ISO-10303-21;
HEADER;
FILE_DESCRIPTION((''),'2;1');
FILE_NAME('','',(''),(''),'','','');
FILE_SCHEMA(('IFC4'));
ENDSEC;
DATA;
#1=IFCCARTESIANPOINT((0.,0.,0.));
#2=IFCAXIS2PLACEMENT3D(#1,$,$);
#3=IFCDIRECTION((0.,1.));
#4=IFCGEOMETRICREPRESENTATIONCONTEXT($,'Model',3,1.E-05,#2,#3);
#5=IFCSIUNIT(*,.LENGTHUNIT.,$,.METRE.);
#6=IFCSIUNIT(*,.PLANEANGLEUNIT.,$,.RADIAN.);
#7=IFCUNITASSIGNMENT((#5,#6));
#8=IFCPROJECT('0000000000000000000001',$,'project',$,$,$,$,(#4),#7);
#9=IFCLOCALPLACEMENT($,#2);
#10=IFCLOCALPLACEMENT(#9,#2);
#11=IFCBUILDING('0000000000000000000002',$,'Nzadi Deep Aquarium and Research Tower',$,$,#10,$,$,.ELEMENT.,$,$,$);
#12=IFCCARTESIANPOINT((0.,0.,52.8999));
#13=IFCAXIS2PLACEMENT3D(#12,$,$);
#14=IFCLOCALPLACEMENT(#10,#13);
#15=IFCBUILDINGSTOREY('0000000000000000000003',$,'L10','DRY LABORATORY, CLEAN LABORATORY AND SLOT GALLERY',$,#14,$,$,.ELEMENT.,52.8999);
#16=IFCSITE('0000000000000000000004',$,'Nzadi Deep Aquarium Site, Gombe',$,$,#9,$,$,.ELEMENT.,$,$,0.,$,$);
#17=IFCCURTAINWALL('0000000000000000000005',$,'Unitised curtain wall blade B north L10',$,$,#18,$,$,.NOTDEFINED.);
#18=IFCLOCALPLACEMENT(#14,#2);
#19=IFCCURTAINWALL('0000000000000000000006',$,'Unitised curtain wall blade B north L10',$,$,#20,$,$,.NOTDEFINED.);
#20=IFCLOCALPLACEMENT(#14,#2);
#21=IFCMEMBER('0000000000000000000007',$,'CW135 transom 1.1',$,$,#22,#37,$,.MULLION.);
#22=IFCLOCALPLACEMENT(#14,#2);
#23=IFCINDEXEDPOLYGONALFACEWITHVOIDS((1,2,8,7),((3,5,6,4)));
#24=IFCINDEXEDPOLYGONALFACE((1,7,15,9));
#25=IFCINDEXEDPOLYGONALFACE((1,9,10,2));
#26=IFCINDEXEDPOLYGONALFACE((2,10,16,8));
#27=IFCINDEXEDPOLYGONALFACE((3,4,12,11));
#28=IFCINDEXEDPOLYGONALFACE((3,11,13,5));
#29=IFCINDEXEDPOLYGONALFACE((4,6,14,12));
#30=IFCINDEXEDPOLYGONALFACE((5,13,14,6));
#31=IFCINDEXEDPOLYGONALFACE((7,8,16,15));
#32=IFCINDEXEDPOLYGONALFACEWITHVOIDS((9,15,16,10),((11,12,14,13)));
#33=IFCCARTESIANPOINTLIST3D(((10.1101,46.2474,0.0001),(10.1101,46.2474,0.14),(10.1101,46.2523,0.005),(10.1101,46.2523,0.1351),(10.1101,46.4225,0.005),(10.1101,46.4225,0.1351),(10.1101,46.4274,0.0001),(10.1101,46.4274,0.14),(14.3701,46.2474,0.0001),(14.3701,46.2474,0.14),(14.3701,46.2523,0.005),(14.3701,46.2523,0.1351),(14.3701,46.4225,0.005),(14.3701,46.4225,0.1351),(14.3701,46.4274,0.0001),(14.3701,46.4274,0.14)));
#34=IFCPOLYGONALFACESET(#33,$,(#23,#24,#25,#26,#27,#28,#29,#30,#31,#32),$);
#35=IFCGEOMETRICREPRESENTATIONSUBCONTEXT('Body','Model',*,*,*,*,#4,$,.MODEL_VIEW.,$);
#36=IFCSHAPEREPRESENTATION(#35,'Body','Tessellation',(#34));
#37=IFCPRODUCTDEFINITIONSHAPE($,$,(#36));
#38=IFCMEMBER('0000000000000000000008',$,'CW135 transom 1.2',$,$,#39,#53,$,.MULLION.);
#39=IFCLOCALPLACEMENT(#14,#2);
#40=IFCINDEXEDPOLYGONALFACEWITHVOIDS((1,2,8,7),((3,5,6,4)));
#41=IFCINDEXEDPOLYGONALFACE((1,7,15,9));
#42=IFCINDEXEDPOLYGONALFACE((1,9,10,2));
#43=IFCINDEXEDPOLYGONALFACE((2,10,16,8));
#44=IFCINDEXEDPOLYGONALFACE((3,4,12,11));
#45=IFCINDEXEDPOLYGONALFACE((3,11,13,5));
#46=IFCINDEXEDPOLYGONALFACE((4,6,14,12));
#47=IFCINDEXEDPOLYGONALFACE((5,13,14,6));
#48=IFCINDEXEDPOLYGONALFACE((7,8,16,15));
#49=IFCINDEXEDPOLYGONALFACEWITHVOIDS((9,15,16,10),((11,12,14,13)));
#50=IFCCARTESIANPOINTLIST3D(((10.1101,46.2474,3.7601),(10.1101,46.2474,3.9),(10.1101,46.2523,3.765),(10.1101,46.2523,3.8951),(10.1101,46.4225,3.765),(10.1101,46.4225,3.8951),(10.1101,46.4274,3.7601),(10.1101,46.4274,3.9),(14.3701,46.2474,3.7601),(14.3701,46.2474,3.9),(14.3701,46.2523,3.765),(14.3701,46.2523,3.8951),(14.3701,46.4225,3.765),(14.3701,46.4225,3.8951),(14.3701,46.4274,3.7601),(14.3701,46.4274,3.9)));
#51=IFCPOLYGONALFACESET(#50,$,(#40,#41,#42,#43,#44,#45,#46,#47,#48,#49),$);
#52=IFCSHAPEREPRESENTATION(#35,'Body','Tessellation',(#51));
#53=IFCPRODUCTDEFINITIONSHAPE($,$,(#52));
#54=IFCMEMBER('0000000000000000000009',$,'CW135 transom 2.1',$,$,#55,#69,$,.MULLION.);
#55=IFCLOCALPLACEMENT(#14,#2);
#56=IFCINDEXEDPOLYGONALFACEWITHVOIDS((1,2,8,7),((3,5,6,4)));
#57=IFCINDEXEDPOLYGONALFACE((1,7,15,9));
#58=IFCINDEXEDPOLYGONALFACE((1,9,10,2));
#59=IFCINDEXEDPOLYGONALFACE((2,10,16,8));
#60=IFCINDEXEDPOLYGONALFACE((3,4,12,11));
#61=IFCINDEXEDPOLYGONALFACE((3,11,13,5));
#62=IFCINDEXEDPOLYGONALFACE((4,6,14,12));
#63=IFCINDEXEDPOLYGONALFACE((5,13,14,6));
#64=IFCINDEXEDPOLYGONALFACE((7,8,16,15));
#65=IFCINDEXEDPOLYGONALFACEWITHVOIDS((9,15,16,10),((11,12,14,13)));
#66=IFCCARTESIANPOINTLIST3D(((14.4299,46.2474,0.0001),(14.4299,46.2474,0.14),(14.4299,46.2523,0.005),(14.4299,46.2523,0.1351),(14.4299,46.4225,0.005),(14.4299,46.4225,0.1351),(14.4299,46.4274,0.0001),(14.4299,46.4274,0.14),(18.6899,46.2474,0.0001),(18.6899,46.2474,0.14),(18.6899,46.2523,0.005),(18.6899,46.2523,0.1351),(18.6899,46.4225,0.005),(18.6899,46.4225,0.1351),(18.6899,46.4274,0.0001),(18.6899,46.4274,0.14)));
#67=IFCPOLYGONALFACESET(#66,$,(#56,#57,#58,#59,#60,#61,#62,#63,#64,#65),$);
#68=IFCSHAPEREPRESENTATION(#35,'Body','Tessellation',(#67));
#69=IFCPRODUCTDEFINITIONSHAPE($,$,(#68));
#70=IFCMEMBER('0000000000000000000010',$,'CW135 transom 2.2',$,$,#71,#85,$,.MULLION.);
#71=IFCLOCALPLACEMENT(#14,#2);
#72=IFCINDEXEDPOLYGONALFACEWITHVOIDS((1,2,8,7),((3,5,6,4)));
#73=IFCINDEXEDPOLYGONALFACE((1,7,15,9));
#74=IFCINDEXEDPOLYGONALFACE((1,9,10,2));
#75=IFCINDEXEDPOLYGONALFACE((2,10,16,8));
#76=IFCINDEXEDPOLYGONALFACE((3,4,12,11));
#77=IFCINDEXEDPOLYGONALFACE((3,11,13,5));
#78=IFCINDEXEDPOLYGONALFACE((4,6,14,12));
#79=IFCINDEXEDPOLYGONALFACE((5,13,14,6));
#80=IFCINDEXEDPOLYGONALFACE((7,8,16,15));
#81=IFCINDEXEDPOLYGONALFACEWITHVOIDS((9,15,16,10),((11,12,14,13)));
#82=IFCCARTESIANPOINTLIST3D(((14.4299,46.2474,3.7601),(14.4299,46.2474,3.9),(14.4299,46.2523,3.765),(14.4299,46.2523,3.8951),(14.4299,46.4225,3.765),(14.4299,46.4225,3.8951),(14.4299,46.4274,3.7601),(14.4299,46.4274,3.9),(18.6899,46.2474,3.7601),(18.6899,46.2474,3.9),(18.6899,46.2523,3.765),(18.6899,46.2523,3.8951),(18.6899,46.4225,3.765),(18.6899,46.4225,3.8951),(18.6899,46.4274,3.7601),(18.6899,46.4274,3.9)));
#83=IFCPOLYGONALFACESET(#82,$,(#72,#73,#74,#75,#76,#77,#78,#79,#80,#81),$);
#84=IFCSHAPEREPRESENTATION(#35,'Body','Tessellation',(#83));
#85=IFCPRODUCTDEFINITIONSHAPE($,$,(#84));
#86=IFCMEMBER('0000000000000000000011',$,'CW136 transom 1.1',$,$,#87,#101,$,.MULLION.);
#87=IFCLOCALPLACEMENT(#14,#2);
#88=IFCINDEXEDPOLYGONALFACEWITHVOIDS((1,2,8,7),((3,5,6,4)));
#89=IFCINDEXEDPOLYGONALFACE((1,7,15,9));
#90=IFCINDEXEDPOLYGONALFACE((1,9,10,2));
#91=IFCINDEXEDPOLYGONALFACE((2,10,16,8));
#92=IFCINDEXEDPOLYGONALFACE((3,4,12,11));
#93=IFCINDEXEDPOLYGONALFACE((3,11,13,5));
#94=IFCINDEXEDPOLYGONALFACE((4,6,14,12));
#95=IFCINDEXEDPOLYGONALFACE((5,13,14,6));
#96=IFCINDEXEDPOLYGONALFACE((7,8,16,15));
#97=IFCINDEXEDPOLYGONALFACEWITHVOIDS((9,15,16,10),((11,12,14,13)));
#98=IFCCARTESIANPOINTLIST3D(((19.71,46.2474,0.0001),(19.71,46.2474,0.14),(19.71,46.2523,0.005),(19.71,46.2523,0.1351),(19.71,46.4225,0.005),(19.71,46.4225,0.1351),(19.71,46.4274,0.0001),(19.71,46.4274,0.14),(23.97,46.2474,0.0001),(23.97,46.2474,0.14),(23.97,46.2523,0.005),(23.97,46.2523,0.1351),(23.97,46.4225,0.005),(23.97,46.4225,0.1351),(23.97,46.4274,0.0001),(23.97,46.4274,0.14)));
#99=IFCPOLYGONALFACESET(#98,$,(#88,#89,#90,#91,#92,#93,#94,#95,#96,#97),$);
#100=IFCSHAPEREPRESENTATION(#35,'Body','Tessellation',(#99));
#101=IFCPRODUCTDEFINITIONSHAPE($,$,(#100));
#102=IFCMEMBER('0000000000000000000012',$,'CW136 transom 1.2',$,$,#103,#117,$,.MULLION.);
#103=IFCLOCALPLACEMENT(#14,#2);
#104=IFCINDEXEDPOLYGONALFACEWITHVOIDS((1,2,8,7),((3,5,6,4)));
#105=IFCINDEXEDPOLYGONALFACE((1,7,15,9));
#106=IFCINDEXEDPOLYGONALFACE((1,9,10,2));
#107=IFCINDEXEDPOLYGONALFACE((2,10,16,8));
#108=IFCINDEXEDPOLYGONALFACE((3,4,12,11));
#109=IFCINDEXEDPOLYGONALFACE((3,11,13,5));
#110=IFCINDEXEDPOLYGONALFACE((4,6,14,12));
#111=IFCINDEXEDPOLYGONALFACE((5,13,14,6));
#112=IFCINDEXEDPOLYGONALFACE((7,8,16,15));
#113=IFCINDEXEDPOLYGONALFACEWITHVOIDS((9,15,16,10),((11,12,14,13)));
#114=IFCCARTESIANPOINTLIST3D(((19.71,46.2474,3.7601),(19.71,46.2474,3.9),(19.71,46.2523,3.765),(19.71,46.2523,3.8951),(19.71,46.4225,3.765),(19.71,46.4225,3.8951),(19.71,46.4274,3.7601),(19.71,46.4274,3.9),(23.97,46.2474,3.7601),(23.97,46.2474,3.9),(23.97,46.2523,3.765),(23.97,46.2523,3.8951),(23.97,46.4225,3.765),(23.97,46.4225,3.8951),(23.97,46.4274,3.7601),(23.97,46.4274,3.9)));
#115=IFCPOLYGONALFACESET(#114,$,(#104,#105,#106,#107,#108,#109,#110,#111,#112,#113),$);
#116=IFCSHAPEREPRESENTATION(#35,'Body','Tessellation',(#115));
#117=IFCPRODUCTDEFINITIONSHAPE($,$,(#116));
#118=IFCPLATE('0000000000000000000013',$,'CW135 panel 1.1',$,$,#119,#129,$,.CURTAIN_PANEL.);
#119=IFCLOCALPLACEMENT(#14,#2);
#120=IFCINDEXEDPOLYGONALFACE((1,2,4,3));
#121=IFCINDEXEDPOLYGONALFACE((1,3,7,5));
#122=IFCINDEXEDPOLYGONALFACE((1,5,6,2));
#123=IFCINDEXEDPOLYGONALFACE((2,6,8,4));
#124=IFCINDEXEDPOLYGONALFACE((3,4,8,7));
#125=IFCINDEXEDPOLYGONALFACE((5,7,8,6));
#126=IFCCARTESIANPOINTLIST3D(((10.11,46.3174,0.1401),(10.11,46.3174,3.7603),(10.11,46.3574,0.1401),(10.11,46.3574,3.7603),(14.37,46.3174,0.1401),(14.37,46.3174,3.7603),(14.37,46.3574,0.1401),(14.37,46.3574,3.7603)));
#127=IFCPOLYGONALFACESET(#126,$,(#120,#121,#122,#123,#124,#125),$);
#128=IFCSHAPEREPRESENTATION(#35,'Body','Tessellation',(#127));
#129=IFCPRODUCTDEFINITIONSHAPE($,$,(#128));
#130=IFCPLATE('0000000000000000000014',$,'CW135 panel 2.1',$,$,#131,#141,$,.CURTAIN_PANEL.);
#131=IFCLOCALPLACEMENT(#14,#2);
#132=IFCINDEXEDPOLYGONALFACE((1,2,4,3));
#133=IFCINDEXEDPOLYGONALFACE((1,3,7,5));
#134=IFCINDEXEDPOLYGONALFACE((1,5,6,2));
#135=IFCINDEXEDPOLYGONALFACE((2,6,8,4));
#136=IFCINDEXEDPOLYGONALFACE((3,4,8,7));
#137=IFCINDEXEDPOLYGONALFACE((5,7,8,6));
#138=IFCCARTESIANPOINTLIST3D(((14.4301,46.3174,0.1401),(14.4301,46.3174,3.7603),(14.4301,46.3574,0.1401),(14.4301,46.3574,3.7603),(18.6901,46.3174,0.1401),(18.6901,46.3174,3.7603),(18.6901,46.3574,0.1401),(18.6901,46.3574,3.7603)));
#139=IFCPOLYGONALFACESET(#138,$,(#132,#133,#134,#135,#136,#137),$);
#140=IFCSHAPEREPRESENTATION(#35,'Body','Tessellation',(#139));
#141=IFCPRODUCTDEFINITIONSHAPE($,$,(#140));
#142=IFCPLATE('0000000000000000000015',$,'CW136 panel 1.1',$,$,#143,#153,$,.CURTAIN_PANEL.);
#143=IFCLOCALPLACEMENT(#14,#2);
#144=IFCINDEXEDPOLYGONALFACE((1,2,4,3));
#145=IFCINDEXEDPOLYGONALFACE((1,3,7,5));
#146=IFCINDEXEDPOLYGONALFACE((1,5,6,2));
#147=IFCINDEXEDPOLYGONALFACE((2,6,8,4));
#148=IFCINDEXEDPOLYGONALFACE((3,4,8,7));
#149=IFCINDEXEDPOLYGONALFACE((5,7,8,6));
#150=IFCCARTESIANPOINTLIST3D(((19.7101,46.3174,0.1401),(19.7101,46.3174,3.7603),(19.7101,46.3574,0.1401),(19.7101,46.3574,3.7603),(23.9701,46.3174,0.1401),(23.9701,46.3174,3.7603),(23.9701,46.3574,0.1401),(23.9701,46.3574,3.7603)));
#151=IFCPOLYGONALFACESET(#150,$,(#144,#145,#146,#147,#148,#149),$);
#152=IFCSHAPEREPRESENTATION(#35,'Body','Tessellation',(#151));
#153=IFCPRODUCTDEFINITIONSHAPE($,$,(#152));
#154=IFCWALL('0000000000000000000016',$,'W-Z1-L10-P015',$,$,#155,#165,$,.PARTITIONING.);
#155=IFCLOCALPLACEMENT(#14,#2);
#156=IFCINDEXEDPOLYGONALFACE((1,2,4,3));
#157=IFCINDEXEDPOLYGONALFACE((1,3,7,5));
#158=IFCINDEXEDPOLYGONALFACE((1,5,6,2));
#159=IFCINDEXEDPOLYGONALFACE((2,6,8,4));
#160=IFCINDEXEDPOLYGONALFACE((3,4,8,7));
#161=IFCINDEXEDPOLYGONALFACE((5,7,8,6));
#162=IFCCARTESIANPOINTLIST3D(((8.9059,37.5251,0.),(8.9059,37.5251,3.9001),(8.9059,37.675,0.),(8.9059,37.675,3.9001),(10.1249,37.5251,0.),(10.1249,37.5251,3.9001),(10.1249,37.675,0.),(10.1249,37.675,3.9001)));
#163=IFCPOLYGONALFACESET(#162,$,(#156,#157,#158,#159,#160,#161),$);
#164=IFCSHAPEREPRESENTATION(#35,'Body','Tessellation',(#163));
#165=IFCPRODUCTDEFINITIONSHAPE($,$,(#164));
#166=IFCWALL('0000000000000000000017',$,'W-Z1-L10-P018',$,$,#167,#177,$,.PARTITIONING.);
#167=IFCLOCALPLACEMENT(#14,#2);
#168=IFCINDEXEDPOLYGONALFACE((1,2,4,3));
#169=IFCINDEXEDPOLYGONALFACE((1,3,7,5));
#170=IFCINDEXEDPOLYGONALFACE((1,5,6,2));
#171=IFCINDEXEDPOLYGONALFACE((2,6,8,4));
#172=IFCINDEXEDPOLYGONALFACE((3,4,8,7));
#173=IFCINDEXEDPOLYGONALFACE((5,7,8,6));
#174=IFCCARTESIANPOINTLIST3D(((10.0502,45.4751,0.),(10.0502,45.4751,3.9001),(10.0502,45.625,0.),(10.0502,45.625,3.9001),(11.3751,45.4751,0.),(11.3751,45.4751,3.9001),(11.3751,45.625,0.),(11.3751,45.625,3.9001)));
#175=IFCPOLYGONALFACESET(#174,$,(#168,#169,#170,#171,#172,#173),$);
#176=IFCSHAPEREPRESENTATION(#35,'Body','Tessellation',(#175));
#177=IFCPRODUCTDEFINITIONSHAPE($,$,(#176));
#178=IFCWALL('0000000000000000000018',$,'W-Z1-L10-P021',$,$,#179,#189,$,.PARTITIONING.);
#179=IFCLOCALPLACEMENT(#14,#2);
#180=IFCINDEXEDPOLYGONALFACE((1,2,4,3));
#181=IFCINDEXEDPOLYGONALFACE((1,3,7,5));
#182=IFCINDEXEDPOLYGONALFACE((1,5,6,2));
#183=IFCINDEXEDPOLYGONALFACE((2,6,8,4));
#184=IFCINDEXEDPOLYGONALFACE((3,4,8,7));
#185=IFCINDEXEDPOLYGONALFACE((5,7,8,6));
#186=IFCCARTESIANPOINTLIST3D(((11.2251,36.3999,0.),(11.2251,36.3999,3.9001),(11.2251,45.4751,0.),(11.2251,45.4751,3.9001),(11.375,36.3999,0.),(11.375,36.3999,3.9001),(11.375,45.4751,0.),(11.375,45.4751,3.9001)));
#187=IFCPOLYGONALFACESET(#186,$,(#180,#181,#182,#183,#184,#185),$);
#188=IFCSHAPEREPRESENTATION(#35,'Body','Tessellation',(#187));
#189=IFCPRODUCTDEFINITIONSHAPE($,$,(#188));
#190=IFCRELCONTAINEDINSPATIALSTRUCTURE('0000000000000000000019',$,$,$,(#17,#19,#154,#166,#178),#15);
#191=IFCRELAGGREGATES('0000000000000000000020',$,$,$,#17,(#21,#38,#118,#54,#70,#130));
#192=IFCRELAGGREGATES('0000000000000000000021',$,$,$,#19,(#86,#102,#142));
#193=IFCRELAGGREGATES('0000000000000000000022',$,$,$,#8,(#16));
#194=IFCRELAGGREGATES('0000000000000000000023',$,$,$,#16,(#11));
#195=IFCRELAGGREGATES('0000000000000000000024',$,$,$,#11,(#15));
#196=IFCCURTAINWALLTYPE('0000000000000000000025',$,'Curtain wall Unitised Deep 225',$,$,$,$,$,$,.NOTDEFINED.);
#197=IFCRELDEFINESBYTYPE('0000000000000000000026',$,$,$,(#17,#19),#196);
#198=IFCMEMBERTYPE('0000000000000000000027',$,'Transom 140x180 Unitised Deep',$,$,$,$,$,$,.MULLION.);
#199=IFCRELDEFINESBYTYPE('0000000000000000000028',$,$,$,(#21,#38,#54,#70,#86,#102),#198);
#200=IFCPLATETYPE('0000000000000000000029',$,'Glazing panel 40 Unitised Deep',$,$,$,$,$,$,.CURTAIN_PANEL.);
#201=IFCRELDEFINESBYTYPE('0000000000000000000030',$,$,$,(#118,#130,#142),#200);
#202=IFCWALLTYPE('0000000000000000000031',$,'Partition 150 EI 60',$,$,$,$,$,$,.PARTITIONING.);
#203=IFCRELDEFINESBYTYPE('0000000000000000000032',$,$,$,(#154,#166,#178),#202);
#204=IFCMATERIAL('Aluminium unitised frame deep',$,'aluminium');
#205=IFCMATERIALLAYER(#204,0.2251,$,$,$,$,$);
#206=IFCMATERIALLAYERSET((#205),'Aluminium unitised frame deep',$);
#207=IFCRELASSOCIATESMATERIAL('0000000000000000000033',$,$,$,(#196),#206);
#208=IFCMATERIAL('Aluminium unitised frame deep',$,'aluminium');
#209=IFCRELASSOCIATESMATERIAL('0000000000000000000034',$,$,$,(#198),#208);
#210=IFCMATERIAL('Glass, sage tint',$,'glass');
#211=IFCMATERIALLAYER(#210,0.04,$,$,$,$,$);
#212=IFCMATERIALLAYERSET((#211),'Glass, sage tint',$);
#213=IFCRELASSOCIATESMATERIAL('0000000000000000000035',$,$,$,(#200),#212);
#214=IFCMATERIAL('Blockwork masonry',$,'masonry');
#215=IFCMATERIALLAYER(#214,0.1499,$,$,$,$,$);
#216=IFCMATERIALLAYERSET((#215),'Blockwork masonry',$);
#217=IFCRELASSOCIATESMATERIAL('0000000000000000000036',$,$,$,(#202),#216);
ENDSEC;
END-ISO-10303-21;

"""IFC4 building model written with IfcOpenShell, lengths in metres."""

from ifc_helpers import new_model, si_unit, direction, frame, frame_2d, origin, origin_2d, place, context, subcontext, project, spatial, rectangle, hollow_rectangle, extrude, material, layer, layer_set, material_profile, profile_set, type_object, element, aggregate, save


model = new_model("IFC4")

# Units and contexts
model_context = context("Model", 3, precision=1e-05, world=origin(), true_north=direction((0.0, 1.0)))
body_context = subcontext(model_context, "Body", "Model", "MODEL_VIEW")
ifc_project = project(units=[si_unit("LENGTHUNIT", "METRE"), si_unit("PLANEANGLEUNIT", "RADIAN")], contexts=[model_context])

# Site, building, storey
site_placement = place(None, origin())
site = spatial("IfcSite", under=ifc_project, at=site_placement, Name="Nzadi Deep Aquarium Site, Gombe", CompositionType="ELEMENT", RefElevation=0.0)
building_placement = place(site_placement, origin())
building = spatial("IfcBuilding", under=site, at=building_placement, Name="Nzadi Deep Aquarium and Research Tower", CompositionType="ELEMENT")
storey_placement = place(building_placement, frame((0.0, 0.0, 52.8999)))
storey = spatial("IfcBuildingStorey", under=building, at=storey_placement, Name="L10", Description="DRY LABORATORY, CLEAN LABORATORY AND SLOT GALLERY", CompositionType="ELEMENT", Elevation=52.8999)

# Shared definitions
ifc_material_1 = material(Name="Aluminium unitised frame deep", Category="aluminium")
ifc_layer_1 = layer(ifc_material_1, 0.2251)
ifc_layer_set_1 = layer_set([ifc_layer_1], Name="Aluminium unitised frame deep")
curtain_wall_type = type_object("IfcCurtainWallType", Name="Curtain wall Unitised Deep 225", PredefinedType="NOTDEFINED", material=ifc_layer_set_1)

# Curtain wall
curtain_wall_1_placement = place(storey_placement, origin())
curtain_wall_1 = element("IfcCurtainWall", 1, at=curtain_wall_1_placement, inside=storey, type_object=curtain_wall_type, Name="Unitised curtain wall blade B north L10", PredefinedType="NOTDEFINED")

# Curtain wall
curtain_wall_2_placement = place(storey_placement, origin())
curtain_wall_2 = element("IfcCurtainWall", 2, at=curtain_wall_2_placement, inside=storey, type_object=curtain_wall_type, Name="Unitised curtain wall blade B north L10", PredefinedType="NOTDEFINED")

# Members
ifc_material_2 = material(Name="Aluminium unitised frame deep", Category="aluminium")
ifc_material_profile_1 = material_profile(ifc_material_2, hollow_rectangle(XDim=0.1799, YDim=0.1399, WallThickness=0.0049, at=origin_2d()))
ifc_profile_set_1 = profile_set([ifc_material_profile_1], Name="Aluminium unitised frame deep")
member_type_1 = type_object("IfcMemberType", Name="Transom 140x180 Unitised Deep", PredefinedType="MULLION", material=ifc_profile_set_1)
member_1_placement = place(storey_placement, frame((10.1101, 46.3374, 0.0701), z_axis=(1.0, 0.0, 0.0), x_axis=(0.0, 1.0, 0.0)))
member_1 = element("IfcMember", 3, at=member_1_placement, type_object=member_type_1, Name="CW135 transom 1.1", PredefinedType="MULLION", context=body_context, shape_type="SweptSolid", body=[
    extrude(hollow_rectangle(XDim=0.1799, YDim=0.1399, WallThickness=0.0049, at=origin_2d()), origin(), (0.0, 0.0, 1.0), 4.26),
])
member_2_placement = place(storey_placement, frame((10.1101, 46.3374, 3.8301), z_axis=(1.0, 0.0, 0.0), x_axis=(0.0, 1.0, 0.0)))
member_2 = element("IfcMember", 4, at=member_2_placement, type_object=member_type_1, Name="CW135 transom 1.2", PredefinedType="MULLION", context=body_context, shape_type="SweptSolid", body=[
    extrude(hollow_rectangle(XDim=0.1799, YDim=0.1399, WallThickness=0.0049, at=origin_2d()), origin(), (0.0, 0.0, 1.0), 4.26),
])
member_3_placement = place(storey_placement, frame((14.4299, 46.3374, 0.0701), z_axis=(1.0, 0.0, 0.0), x_axis=(0.0, 1.0, 0.0)))
member_3 = element("IfcMember", 5, at=member_3_placement, type_object=member_type_1, Name="CW135 transom 2.1", PredefinedType="MULLION", context=body_context, shape_type="SweptSolid", body=[
    extrude(hollow_rectangle(XDim=0.1799, YDim=0.1399, WallThickness=0.0049, at=origin_2d()), origin(), (0.0, 0.0, 1.0), 4.26),
])
member_4_placement = place(storey_placement, frame((14.4299, 46.3374, 3.8301), z_axis=(1.0, 0.0, 0.0), x_axis=(0.0, 1.0, 0.0)))
member_4 = element("IfcMember", 6, at=member_4_placement, type_object=member_type_1, Name="CW135 transom 2.2", PredefinedType="MULLION", context=body_context, shape_type="SweptSolid", body=[
    extrude(hollow_rectangle(XDim=0.1799, YDim=0.1399, WallThickness=0.0049, at=origin_2d()), origin(), (0.0, 0.0, 1.0), 4.26),
])
member_5_placement = place(storey_placement, frame((19.71, 46.3374, 0.0701), z_axis=(1.0, 0.0, 0.0), x_axis=(0.0, 1.0, 0.0)))
member_5 = element("IfcMember", 7, at=member_5_placement, type_object=member_type_1, Name="CW136 transom 1.1", PredefinedType="MULLION", context=body_context, shape_type="SweptSolid", body=[
    extrude(hollow_rectangle(XDim=0.1799, YDim=0.1399, WallThickness=0.0049, at=origin_2d()), origin(), (0.0, 0.0, 1.0), 4.26),
])
member_6_placement = place(storey_placement, frame((19.71, 46.3374, 3.8301), z_axis=(1.0, 0.0, 0.0), x_axis=(0.0, 1.0, 0.0)))
member_6 = element("IfcMember", 8, at=member_6_placement, type_object=member_type_1, Name="CW136 transom 1.2", PredefinedType="MULLION", context=body_context, shape_type="SweptSolid", body=[
    extrude(hollow_rectangle(XDim=0.1799, YDim=0.1399, WallThickness=0.0049, at=origin_2d()), origin(), (0.0, 0.0, 1.0), 4.26),
])

# Plates
ifc_material_3 = material(Name="Glass, sage tint", Category="glass")
ifc_layer_2 = layer(ifc_material_3, 0.04)
ifc_layer_set_2 = layer_set([ifc_layer_2], Name="Glass, sage tint")
plate_type = type_object("IfcPlateType", Name="Glazing panel 40 Unitised Deep", PredefinedType="CURTAIN_PANEL", material=ifc_layer_set_2)
plate_1_placement = place(storey_placement, frame((12.24, 46.3374, 0.1401), z_axis=(0.0, 0.0, 1.0), x_axis=(1.0, 0.0, 0.0)))
plate_1 = element("IfcPlate", 9, at=plate_1_placement, type_object=plate_type, Name="CW135 panel 1.1", PredefinedType="CURTAIN_PANEL", context=body_context, shape_type="SweptSolid", body=[
    extrude(rectangle(XDim=4.26, YDim=0.04, at=origin_2d()), origin(), (0.0, 0.0, 1.0), 3.6201),
])
plate_2_placement = place(storey_placement, frame((16.5601, 46.3374, 0.1401), z_axis=(0.0, 0.0, 1.0), x_axis=(1.0, 0.0, 0.0)))
plate_2 = element("IfcPlate", 10, at=plate_2_placement, type_object=plate_type, Name="CW135 panel 2.1", PredefinedType="CURTAIN_PANEL", context=body_context, shape_type="SweptSolid", body=[
    extrude(rectangle(XDim=4.26, YDim=0.04, at=origin_2d()), origin(), (0.0, 0.0, 1.0), 3.6201),
])
aggregate(curtain_wall_1, [member_1, member_2, plate_1, member_3, member_4, plate_2])
plate_3_placement = place(storey_placement, frame((21.8401, 46.3374, 0.1401), z_axis=(0.0, 0.0, 1.0), x_axis=(1.0, 0.0, 0.0)))
plate_3 = element("IfcPlate", 11, at=plate_3_placement, type_object=plate_type, Name="CW136 panel 1.1", PredefinedType="CURTAIN_PANEL", context=body_context, shape_type="SweptSolid", body=[
    extrude(rectangle(XDim=4.26, YDim=0.04, at=origin_2d()), origin(), (0.0, 0.0, 1.0), 3.6201),
])
aggregate(curtain_wall_2, [member_5, member_6, plate_3])

# Walls
ifc_material_4 = material(Name="Blockwork masonry", Category="masonry")
ifc_layer_3 = layer(ifc_material_4, 0.1499)
ifc_layer_set_3 = layer_set([ifc_layer_3], Name="Blockwork masonry")
wall_type_1 = type_object("IfcWallType", Name="Partition 150 EI 60", PredefinedType="PARTITIONING", material=ifc_layer_set_3)
wall_1_placement = place(storey_placement, frame((8.906, 37.6001, 0.0), z_axis=(0.0, 0.0, 1.0), x_axis=(1.0, 0.0, 0.0)))
element("IfcWall", 12, at=wall_1_placement, inside=storey, type_object=wall_type_1, Name="W-Z1-L10-P015", PredefinedType="PARTITIONING", context=body_context, shape_type="SweptSolid", body=[
    extrude(rectangle(XDim=1.219, YDim=0.1499, at=frame_2d((0.6094, 0.0))), origin(), (0.0, 0.0, 1.0), 3.9001),
])
wall_2_placement = place(storey_placement, frame((10.05, 45.55, 0.0), z_axis=(0.0, 0.0, 1.0), x_axis=(1.0, 0.0, 0.0)))
element("IfcWall", 13, at=wall_2_placement, inside=storey, type_object=wall_type_1, Name="W-Z1-L10-P018", PredefinedType="PARTITIONING", context=body_context, shape_type="SweptSolid", body=[
    extrude(rectangle(XDim=1.325, YDim=0.1499, at=frame_2d((0.6626, 0.0))), origin(), (0.0, 0.0, 1.0), 3.9001),
])
wall_3_placement = place(storey_placement, frame((11.3, 36.3999, 0.0), z_axis=(0.0, 0.0, 1.0), x_axis=(0.0, 1.0, 0.0)))
element("IfcWall", 14, at=wall_3_placement, inside=storey, type_object=wall_type_1, Name="W-Z1-L10-P021", PredefinedType="PARTITIONING", context=body_context, shape_type="SweptSolid", body=[
    extrude(rectangle(XDim=9.0752, YDim=0.1499, at=frame_2d((4.5376, 0.0))), origin(), (0.0, 0.0, 1.0), 3.9001),
])

save(model, "model.ifc")
